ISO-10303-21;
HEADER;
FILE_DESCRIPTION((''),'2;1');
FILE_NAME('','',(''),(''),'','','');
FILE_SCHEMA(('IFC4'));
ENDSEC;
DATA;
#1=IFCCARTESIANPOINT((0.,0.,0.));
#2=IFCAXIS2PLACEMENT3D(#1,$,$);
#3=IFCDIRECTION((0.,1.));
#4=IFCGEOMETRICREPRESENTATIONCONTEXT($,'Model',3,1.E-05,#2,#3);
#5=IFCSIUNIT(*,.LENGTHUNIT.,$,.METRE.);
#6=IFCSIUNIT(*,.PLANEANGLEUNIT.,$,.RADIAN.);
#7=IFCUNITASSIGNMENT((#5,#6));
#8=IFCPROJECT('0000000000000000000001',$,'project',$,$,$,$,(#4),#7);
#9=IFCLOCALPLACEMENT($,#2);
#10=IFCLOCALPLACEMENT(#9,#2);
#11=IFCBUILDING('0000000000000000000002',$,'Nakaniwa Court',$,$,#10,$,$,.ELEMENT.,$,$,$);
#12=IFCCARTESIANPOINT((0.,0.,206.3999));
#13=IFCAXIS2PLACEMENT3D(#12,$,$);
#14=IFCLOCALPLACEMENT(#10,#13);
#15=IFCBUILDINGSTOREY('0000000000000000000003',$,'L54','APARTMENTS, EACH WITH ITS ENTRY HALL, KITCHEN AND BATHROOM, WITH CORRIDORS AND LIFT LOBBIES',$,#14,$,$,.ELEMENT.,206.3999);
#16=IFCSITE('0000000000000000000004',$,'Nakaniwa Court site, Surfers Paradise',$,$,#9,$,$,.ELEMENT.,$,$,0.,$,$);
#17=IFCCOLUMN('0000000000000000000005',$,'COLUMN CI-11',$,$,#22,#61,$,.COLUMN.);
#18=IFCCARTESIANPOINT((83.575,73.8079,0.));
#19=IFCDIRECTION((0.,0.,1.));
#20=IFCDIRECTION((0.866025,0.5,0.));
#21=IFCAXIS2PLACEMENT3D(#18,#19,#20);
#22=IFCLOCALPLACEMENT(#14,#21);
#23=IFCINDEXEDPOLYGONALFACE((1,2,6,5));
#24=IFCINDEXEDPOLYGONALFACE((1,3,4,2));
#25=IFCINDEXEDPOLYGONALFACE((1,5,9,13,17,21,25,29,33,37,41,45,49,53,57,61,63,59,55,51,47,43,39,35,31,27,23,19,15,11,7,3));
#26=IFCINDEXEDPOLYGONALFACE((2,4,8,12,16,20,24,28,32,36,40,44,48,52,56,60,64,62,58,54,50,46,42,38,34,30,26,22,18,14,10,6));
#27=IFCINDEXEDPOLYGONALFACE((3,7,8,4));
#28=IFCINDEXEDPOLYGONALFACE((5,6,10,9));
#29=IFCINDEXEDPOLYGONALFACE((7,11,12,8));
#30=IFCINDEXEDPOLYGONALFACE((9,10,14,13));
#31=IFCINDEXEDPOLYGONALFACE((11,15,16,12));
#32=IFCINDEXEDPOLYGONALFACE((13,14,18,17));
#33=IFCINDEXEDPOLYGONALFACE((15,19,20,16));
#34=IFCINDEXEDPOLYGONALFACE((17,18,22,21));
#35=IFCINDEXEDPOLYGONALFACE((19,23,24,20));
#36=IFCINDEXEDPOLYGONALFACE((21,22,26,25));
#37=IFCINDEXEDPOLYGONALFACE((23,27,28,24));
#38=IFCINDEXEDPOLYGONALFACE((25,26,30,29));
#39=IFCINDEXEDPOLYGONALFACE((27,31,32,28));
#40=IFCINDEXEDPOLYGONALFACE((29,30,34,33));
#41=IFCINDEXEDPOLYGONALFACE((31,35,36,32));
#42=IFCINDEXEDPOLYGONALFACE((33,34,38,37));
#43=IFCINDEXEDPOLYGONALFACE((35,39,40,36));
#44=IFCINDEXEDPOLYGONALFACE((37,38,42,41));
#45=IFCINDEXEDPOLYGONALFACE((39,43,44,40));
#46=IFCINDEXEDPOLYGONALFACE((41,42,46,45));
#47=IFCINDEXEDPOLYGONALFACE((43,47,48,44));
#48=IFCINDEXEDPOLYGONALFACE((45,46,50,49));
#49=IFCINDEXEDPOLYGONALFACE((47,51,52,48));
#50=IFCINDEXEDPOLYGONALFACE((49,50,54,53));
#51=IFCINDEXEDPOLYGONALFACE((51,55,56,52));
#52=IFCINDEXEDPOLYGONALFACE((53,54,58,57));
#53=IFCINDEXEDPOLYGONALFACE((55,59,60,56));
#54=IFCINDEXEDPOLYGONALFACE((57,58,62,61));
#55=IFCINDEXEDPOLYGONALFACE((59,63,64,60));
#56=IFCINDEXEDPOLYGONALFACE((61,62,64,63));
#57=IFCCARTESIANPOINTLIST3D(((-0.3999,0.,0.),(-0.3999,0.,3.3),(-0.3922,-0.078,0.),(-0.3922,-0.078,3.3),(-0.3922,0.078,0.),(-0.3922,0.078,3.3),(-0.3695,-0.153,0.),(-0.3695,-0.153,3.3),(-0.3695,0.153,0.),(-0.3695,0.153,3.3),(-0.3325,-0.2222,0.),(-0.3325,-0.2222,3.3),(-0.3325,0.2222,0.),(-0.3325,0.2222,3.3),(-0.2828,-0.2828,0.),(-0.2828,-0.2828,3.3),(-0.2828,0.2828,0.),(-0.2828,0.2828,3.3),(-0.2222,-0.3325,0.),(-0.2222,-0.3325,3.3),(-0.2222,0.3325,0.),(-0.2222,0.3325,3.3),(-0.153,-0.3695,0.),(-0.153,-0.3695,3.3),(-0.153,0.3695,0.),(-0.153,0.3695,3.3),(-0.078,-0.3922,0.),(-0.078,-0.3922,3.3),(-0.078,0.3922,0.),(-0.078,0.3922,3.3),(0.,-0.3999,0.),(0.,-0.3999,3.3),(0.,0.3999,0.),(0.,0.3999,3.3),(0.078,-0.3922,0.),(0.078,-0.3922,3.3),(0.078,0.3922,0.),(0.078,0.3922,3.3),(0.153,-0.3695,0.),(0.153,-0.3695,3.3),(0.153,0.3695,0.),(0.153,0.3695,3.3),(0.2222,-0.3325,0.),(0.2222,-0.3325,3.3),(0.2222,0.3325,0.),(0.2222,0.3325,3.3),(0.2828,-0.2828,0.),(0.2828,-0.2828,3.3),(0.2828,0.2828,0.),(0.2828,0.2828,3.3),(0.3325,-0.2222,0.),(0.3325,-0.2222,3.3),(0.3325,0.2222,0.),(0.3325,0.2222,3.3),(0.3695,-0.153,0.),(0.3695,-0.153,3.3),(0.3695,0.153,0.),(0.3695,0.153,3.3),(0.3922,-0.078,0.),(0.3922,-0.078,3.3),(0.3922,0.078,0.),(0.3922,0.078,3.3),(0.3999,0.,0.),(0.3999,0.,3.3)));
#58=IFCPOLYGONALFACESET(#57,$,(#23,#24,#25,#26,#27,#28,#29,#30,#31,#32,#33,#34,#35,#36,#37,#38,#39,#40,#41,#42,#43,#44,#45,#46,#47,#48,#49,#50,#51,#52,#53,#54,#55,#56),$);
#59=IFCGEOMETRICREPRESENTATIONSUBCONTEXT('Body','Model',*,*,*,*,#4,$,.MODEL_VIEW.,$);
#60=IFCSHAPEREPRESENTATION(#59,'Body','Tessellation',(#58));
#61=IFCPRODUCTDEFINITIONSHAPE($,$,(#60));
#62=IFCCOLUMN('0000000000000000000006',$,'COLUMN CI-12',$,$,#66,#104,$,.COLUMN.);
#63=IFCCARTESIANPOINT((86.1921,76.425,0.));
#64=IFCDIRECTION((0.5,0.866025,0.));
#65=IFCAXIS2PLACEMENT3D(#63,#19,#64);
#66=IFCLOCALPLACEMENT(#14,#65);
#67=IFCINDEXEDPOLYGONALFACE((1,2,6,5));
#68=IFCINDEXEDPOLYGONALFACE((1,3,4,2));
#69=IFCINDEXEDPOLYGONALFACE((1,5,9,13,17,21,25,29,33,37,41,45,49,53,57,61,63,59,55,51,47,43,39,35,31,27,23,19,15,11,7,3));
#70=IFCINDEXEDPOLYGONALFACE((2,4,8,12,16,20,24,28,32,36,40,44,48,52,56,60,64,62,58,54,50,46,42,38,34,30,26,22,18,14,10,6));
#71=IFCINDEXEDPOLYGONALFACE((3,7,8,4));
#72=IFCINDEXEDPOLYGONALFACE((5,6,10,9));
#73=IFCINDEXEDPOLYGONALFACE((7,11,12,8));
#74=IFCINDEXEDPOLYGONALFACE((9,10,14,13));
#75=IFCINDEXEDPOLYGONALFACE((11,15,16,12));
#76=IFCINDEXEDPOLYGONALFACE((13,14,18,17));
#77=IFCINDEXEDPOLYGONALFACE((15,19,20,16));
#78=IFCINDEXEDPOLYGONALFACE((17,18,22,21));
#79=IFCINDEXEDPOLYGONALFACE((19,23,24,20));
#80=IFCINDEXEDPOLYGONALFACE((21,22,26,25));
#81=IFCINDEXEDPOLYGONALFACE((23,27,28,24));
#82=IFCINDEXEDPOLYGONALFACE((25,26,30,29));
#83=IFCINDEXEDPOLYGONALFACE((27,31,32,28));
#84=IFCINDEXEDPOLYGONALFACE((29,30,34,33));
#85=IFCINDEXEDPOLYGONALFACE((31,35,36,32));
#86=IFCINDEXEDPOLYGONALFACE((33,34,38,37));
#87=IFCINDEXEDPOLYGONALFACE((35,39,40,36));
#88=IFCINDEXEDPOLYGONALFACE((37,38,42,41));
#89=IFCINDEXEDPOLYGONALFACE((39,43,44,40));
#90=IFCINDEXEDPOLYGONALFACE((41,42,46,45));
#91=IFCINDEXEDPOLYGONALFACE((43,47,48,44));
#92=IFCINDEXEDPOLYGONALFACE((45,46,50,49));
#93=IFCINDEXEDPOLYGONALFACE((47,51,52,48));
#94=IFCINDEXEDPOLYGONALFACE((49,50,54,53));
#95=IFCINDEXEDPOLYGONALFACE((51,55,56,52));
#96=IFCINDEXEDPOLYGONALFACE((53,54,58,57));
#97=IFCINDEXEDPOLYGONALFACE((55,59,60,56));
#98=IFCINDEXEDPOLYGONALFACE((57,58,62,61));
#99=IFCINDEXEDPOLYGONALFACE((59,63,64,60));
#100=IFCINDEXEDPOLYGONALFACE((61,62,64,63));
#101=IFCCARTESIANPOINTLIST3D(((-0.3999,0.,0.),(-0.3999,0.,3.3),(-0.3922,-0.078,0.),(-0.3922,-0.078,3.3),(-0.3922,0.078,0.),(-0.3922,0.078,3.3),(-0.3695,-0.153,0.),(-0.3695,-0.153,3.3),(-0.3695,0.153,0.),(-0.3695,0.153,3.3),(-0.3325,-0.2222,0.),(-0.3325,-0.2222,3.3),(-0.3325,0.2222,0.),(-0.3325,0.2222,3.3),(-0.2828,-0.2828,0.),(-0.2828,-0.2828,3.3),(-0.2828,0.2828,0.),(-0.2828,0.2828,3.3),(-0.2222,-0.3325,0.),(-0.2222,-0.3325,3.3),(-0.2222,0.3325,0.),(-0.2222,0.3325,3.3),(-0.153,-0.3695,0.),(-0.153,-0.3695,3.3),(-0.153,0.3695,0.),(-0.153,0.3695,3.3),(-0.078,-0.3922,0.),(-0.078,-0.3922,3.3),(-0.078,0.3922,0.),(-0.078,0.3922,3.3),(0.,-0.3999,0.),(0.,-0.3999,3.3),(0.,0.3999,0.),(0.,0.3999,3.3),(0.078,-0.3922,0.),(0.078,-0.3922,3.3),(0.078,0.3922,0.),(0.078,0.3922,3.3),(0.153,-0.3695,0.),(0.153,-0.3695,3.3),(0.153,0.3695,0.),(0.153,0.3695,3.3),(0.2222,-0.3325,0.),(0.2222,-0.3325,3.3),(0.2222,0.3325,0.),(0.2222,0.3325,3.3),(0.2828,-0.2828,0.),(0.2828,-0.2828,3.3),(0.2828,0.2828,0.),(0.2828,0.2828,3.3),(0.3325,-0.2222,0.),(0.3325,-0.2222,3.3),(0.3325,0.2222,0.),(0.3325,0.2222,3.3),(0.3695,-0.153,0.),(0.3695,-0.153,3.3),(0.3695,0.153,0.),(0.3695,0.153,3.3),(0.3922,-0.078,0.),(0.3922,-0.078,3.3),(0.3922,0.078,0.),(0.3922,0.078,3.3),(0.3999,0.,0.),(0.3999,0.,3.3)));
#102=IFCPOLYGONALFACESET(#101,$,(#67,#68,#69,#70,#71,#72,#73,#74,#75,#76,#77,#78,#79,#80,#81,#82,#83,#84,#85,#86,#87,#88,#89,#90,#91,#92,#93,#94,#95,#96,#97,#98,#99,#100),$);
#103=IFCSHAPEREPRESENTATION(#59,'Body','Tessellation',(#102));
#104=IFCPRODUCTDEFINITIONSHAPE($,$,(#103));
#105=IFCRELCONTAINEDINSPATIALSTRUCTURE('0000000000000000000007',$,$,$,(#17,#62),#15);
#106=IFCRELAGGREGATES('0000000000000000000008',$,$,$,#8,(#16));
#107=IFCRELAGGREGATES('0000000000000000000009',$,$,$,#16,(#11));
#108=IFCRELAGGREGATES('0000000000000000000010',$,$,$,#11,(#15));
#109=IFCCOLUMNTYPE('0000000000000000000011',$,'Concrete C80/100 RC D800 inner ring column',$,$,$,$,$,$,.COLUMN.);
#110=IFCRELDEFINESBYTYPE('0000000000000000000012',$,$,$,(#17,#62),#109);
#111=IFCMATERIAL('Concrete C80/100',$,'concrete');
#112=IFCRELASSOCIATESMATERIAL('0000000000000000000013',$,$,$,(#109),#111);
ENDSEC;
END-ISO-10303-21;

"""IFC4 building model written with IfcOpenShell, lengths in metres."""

from ifc_helpers import new_model, si_unit, direction, frame, origin, origin_2d, place, context, subcontext, project, spatial, circle, extrude, material, material_profile, profile_set, type_object, element, save


model = new_model("IFC4")

# Units and contexts
model_context = context("Model", 3, precision=1e-05, world=origin(), true_north=direction((0.0, 1.0)))
body_context = subcontext(model_context, "Body", "Model", "MODEL_VIEW")
ifc_project = project(units=[si_unit("LENGTHUNIT", "METRE"), si_unit("PLANEANGLEUNIT", "RADIAN")], contexts=[model_context])

# Site, building, storey
site_placement = place(None, origin())
site = spatial("IfcSite", under=ifc_project, at=site_placement, Name="Nakaniwa Court site, Surfers Paradise", CompositionType="ELEMENT", RefElevation=0.0)
building_placement = place(site_placement, origin())
building = spatial("IfcBuilding", under=site, at=building_placement, Name="Nakaniwa Court", CompositionType="ELEMENT")
storey_placement = place(building_placement, frame((0.0, 0.0, 206.3999)))
storey = spatial("IfcBuildingStorey", under=building, at=storey_placement, Name="L54", Description="APARTMENTS, EACH WITH ITS ENTRY HALL, KITCHEN AND BATHROOM, WITH CORRIDORS AND LIFT LOBBIES", CompositionType="ELEMENT", Elevation=206.3999)

# Columns
ifc_material_1 = material(Name="Concrete C80/100", Category="concrete")
ifc_material_profile_1 = material_profile(ifc_material_1, circle(Radius=0.3999, at=origin_2d()), Name="Concrete C80/100 RC D800 inner ring column")
ifc_profile_set_1 = profile_set([ifc_material_profile_1], Name="Concrete C80/100")
column_type = type_object("IfcColumnType", Name="Concrete C80/100 RC D800 inner ring column", PredefinedType="COLUMN", material=ifc_profile_set_1)
for number, where, z_axis, x_axis, name in (
    (1, (83.575, 73.8079, 0.0), (0.0, 0.0, 1.0), (0.866025, 0.5, 0.0), "COLUMN CI-11"),
    (2, (86.1921, 76.425, 0.0), (0.0, 0.0, 1.0), (0.5, 0.866025, 0.0), "COLUMN CI-12"),
):
    element("IfcColumn", number, at=place(storey_placement, frame(where, z_axis=z_axis, x_axis=x_axis)), inside=storey, type_object=column_type, Name=name, PredefinedType="COLUMN", context=body_context, shape_type="SweptSolid", body=[
        extrude(circle(Radius=0.3999, at=origin_2d()), origin(), (0.0, 0.0, 1.0), 3.3),
    ])

save(model, "model.ifc")
